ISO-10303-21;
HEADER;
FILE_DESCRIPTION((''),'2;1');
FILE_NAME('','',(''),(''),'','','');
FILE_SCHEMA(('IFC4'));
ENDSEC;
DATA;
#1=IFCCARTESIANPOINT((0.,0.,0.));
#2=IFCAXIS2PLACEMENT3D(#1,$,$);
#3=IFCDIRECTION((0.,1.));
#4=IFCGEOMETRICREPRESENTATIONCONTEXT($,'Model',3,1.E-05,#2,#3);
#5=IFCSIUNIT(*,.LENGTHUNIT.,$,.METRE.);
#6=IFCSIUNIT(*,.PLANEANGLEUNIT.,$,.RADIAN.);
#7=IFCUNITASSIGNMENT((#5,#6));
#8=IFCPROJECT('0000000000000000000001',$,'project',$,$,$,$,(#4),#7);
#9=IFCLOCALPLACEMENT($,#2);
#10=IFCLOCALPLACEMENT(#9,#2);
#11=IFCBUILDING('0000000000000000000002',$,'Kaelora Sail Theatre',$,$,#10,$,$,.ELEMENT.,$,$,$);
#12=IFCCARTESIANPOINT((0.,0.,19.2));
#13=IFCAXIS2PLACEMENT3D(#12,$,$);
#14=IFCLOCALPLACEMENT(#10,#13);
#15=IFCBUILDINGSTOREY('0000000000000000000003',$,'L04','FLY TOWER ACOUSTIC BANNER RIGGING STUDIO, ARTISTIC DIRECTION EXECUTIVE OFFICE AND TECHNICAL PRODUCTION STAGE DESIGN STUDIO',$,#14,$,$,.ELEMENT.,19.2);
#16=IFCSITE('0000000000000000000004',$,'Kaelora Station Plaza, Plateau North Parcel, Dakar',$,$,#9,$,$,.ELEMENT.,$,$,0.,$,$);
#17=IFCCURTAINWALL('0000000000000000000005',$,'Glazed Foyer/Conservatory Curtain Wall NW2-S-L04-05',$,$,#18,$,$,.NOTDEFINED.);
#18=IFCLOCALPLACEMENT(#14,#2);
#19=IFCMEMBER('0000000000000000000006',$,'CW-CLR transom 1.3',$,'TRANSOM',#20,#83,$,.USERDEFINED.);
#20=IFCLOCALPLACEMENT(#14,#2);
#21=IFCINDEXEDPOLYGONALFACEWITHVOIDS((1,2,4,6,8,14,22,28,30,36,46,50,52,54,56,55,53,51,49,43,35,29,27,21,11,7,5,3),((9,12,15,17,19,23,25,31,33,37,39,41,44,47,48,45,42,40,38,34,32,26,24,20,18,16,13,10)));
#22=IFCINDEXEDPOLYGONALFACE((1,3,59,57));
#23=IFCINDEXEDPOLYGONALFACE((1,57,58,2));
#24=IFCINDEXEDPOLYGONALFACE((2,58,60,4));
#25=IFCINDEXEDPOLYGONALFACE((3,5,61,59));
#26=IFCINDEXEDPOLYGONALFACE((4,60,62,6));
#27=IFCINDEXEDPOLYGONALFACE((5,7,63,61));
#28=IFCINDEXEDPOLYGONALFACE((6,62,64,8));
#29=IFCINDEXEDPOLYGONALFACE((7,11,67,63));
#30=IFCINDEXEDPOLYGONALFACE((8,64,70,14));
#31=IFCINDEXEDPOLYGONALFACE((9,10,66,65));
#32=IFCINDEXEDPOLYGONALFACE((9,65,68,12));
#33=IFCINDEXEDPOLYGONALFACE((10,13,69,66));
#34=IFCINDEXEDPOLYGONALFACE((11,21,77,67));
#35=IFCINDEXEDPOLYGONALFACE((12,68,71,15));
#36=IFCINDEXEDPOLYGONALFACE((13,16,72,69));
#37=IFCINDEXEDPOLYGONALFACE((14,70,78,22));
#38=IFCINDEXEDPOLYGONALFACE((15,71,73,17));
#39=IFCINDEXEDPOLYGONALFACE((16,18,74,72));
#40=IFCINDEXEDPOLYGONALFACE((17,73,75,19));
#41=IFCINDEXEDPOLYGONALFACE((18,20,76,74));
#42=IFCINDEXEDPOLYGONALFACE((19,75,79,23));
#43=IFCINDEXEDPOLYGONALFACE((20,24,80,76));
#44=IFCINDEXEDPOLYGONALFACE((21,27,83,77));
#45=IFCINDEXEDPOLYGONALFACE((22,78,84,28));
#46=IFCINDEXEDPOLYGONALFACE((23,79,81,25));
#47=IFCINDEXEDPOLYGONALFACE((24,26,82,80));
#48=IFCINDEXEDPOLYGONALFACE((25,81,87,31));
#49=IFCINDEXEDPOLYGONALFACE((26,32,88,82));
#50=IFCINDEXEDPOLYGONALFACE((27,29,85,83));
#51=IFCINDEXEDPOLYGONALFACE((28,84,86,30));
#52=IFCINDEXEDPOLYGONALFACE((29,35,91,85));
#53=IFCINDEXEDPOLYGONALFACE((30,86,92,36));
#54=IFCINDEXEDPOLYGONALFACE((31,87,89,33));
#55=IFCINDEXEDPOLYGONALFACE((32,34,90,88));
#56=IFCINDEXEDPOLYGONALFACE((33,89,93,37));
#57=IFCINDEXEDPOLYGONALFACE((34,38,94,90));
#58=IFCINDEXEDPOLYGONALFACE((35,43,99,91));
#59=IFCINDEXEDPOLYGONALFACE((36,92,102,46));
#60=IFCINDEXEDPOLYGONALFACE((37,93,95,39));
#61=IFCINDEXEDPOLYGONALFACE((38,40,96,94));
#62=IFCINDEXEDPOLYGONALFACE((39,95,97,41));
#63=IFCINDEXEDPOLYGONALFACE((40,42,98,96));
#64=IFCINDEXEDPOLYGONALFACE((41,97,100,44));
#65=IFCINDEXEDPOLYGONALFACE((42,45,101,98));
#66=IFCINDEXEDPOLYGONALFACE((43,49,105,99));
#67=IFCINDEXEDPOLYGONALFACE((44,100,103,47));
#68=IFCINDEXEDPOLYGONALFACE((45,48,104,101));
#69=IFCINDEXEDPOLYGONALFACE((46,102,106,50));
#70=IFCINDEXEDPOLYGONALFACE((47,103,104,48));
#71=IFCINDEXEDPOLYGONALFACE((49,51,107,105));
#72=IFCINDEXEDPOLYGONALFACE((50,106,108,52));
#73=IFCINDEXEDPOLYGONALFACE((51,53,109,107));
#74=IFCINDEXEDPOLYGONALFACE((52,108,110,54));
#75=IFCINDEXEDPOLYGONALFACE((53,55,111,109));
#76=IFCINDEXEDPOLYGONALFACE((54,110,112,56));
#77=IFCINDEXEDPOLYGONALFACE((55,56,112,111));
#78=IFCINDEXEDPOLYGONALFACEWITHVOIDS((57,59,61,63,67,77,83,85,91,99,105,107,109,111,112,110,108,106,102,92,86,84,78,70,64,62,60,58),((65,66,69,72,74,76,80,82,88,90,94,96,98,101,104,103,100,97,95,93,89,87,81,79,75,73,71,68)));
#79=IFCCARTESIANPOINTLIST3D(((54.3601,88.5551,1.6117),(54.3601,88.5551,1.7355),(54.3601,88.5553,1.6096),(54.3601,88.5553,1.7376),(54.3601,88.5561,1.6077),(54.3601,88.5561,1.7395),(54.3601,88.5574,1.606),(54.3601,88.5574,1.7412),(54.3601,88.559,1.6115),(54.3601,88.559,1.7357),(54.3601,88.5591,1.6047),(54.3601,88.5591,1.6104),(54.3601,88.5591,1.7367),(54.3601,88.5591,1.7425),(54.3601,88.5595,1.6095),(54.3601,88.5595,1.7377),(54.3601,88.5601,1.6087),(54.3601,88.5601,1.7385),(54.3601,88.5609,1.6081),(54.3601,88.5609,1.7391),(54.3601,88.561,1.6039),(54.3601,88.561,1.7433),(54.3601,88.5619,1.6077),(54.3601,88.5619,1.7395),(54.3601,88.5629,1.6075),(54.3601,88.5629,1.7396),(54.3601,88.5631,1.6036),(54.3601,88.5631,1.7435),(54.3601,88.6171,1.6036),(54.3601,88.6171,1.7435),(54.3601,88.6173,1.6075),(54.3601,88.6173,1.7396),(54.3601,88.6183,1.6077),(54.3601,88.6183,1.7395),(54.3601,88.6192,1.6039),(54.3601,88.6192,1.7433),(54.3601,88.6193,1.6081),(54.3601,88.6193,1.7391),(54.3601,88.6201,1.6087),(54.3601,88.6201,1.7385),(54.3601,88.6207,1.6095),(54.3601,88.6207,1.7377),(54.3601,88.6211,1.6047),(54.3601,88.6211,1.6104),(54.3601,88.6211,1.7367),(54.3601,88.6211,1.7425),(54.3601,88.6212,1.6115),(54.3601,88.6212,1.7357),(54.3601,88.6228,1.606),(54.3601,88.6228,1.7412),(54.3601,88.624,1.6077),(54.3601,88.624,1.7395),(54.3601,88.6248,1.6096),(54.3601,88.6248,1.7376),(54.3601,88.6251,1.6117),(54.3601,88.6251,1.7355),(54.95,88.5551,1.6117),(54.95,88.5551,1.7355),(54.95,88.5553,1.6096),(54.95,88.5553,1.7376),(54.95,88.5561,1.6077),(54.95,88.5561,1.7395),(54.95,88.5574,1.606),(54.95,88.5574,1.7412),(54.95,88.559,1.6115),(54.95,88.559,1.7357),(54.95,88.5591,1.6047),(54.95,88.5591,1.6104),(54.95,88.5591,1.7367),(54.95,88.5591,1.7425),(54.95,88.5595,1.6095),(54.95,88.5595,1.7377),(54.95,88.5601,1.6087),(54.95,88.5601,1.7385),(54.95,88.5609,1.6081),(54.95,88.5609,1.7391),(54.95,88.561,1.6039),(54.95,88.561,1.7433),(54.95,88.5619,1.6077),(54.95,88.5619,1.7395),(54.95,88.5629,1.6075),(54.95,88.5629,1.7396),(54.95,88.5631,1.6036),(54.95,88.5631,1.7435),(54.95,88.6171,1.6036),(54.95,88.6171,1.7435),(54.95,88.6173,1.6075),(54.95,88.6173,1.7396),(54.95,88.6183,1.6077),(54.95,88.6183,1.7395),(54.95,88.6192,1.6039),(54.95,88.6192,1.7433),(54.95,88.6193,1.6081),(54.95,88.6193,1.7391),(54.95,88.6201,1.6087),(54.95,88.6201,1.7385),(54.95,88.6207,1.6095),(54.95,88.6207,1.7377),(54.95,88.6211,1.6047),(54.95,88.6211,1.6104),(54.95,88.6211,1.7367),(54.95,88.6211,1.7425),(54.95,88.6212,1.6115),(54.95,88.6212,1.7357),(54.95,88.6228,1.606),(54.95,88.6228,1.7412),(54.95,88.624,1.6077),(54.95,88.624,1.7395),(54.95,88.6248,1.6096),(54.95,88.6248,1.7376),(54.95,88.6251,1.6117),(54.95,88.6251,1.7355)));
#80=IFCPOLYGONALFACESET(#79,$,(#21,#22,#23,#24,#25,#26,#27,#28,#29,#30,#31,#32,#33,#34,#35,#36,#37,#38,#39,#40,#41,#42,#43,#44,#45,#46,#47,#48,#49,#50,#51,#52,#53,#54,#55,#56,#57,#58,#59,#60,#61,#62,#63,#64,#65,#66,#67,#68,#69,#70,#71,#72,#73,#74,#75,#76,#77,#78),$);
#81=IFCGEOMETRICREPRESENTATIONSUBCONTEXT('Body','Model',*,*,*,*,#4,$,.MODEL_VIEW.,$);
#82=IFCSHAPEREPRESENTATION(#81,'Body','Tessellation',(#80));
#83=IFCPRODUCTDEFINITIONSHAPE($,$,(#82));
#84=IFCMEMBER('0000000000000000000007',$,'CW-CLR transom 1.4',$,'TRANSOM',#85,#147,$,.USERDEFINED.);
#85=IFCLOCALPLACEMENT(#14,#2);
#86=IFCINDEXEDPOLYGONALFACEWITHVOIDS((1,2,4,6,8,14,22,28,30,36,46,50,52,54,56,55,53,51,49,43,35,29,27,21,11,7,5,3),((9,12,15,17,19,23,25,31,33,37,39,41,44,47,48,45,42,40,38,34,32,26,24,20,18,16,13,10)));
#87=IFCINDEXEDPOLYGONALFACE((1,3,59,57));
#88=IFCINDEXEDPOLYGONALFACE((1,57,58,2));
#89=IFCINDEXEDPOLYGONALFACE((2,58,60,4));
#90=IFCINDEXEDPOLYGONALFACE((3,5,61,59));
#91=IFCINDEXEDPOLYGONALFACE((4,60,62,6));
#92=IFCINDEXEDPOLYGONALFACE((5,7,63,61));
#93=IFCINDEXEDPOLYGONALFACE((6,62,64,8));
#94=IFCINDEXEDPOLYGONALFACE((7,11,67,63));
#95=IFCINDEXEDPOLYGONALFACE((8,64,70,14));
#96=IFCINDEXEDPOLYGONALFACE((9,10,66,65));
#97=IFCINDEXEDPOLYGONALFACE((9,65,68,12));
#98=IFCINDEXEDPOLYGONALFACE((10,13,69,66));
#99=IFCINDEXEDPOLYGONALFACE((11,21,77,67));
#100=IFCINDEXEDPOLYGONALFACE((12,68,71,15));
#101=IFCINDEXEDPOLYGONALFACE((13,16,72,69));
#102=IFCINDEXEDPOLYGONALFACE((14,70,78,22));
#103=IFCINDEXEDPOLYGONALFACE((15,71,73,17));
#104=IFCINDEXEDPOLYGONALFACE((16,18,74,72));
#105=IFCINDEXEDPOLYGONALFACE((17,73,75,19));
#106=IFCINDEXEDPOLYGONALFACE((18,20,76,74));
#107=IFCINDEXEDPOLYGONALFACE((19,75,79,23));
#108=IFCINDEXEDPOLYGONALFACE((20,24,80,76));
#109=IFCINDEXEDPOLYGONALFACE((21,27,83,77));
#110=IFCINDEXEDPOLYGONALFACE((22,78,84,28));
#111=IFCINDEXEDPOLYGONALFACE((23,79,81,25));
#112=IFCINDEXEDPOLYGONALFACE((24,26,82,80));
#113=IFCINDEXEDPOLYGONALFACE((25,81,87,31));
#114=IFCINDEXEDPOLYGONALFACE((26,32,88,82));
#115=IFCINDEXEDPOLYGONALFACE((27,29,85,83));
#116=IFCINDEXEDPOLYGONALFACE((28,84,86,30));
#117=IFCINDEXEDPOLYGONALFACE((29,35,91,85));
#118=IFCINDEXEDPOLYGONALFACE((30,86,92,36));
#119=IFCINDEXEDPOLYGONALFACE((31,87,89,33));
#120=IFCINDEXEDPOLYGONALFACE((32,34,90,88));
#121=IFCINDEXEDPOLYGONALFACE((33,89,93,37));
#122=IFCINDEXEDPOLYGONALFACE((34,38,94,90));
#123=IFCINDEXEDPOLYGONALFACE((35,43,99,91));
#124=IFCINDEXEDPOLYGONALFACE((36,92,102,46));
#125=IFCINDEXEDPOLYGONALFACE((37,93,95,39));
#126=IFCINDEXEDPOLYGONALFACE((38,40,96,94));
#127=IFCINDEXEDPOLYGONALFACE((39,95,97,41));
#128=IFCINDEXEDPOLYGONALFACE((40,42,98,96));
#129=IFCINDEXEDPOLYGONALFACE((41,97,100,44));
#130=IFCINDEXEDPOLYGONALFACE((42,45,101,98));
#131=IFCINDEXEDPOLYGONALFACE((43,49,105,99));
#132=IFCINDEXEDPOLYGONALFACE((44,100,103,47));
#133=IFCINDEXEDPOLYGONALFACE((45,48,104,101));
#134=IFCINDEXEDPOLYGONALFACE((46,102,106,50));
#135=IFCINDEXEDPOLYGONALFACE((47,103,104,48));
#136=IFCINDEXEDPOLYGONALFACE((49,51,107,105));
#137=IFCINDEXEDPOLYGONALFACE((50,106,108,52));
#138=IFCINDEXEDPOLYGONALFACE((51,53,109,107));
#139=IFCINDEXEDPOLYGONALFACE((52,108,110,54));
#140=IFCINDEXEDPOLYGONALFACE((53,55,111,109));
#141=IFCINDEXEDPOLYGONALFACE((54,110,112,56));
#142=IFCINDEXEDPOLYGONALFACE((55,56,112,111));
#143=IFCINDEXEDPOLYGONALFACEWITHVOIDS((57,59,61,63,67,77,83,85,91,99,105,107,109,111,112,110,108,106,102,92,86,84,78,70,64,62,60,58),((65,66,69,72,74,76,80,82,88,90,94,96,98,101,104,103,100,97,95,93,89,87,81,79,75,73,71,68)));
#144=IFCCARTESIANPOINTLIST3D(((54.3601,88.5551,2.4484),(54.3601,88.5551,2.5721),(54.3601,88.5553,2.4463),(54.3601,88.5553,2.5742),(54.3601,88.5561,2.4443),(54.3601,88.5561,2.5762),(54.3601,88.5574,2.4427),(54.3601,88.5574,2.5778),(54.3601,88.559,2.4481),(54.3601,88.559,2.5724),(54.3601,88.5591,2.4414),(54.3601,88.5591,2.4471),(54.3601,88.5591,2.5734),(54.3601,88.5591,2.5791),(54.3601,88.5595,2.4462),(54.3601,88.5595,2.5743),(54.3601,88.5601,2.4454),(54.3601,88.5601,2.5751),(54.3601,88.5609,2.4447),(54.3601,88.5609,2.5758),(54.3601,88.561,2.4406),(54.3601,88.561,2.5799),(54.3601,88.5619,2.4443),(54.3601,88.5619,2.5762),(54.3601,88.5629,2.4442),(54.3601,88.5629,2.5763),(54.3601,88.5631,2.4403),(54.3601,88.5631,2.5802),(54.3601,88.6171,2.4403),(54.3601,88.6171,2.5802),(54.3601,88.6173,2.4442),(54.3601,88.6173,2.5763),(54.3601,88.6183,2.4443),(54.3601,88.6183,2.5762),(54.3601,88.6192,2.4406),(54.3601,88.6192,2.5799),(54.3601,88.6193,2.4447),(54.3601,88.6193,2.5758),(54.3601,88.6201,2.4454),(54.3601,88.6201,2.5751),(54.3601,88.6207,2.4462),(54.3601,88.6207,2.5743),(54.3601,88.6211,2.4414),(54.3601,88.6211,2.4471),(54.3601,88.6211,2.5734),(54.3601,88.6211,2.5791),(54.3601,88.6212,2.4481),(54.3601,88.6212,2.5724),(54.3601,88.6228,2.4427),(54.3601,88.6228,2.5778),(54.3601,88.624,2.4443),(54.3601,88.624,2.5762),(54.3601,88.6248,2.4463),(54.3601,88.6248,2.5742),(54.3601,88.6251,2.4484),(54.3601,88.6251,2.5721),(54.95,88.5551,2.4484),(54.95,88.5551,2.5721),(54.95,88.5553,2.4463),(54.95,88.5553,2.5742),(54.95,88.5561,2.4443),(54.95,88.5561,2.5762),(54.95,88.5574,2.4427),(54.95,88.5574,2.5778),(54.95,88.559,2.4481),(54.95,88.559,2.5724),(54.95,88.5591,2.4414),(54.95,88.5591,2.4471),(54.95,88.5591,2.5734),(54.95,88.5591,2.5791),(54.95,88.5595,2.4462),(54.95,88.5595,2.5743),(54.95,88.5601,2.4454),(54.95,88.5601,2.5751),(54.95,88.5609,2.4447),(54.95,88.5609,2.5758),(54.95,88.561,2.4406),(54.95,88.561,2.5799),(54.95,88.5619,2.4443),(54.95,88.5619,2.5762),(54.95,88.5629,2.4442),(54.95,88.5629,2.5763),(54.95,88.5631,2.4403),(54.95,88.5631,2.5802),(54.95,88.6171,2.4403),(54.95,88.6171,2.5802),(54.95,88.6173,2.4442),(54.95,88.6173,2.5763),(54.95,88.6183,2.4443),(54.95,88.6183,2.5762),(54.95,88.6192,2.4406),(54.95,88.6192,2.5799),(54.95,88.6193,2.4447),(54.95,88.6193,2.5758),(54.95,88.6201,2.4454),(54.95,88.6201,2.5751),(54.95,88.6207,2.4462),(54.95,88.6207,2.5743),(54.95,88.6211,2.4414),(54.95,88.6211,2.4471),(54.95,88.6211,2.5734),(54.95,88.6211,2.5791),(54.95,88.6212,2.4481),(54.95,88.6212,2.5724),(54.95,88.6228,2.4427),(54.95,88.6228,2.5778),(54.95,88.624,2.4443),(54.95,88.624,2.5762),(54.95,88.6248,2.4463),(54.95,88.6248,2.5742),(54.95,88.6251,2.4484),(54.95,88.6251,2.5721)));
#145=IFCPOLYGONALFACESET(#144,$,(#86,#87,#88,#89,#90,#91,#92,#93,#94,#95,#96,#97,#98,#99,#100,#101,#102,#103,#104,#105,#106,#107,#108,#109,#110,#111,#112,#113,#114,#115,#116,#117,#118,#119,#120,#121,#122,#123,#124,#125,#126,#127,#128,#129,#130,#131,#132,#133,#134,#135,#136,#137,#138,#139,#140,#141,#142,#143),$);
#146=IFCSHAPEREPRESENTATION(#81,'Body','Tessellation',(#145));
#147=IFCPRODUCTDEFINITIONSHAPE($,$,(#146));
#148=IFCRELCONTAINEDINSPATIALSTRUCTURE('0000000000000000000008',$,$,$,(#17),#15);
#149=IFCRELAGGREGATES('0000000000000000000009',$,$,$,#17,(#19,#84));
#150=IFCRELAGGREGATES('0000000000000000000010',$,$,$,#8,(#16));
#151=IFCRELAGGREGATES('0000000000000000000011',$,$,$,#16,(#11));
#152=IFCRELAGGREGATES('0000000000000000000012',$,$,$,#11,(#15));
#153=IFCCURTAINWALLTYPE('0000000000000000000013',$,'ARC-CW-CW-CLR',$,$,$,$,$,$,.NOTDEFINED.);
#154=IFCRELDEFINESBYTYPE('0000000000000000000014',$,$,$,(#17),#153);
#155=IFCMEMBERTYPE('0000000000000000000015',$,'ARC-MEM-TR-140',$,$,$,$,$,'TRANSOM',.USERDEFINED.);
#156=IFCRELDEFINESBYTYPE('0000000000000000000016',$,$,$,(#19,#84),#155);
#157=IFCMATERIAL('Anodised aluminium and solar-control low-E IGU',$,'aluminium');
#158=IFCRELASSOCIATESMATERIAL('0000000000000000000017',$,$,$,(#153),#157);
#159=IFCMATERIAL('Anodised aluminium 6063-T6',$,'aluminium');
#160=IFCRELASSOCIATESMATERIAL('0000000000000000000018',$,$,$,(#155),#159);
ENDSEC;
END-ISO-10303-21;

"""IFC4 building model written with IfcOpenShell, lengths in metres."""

from ifc_helpers import new_model, si_unit, direction, frame, origin, origin_2d, place, context, subcontext, project, spatial, hollow_rectangle, extrude, material, material_profile, profile_set, type_object, element, aggregate, save


model = new_model("IFC4")

# Units and contexts
model_context = context("Model", 3, precision=1e-05, world=origin(), true_north=direction((0.0, 1.0)))
body_context = subcontext(model_context, "Body", "Model", "MODEL_VIEW")
ifc_project = project(units=[si_unit("LENGTHUNIT", "METRE"), si_unit("PLANEANGLEUNIT", "RADIAN")], contexts=[model_context])

# Site, building, storey
site_placement = place(None, origin())
site = spatial("IfcSite", under=ifc_project, at=site_placement, Name="Kaelora Station Plaza, Plateau North Parcel, Dakar", CompositionType="ELEMENT", RefElevation=0.0)
building_placement = place(site_placement, origin())
building = spatial("IfcBuilding", under=site, at=building_placement, Name="Kaelora Sail Theatre", CompositionType="ELEMENT")
storey_placement = place(building_placement, frame((0.0, 0.0, 19.2)))
storey = spatial("IfcBuildingStorey", under=building, at=storey_placement, Name="L04", Description="FLY TOWER ACOUSTIC BANNER RIGGING STUDIO, ARTISTIC DIRECTION EXECUTIVE OFFICE AND TECHNICAL PRODUCTION STAGE DESIGN STUDIO", CompositionType="ELEMENT", Elevation=19.2)

# Curtain wall, members
ifc_material_1 = material(Name="Anodised aluminium and solar-control low-E IGU", Category="aluminium")
curtain_wall_type = type_object("IfcCurtainWallType", Name="ARC-CW-CW-CLR", PredefinedType="NOTDEFINED", material=ifc_material_1)
ifc_material_2 = material(Name="Anodised aluminium 6063-T6", Category="aluminium")
ifc_material_profile = material_profile(ifc_material_2, hollow_rectangle(XDim=0.0701, YDim=0.1399, WallThickness=0.0039, InnerFilletRadius=0.0039, OuterFilletRadius=0.0081, at=origin_2d()), Name="ALU-TRAN 70x140x4")
ifc_profile_set = profile_set([ifc_material_profile], Name="Anodised aluminium 6063-T6")
member_type = type_object("IfcMemberType", Name="ARC-MEM-TR-140", ElementType="TRANSOM", PredefinedType="USERDEFINED", material=ifc_profile_set)
curtain_wall_1_placement = place(storey_placement, origin())
curtain_wall_1 = element("IfcCurtainWall", 1, at=curtain_wall_1_placement, inside=storey, type_object=curtain_wall_type, Name="Glazed Foyer/Conservatory Curtain Wall NW2-S-L04-05", PredefinedType="NOTDEFINED")
member_1_placement = place(storey_placement, frame((54.3601, 88.5901, 1.6736), z_axis=(1.0, 0.0, 0.0), x_axis=(0.0, 1.0, 0.0)))
member_1 = element("IfcMember", 2, at=member_1_placement, type_object=member_type, Name="CW-CLR transom 1.3", ObjectType="TRANSOM", PredefinedType="USERDEFINED", context=body_context, shape_type="SweptSolid", body=[
    extrude(hollow_rectangle(XDim=0.0701, YDim=0.1399, WallThickness=0.0039, InnerFilletRadius=0.0039, OuterFilletRadius=0.0081, at=origin_2d()), origin(), (0.0, 0.0, 1.0), 0.5898),
])
member_2_placement = place(storey_placement, frame((54.3601, 88.5901, 2.5103), z_axis=(1.0, 0.0, 0.0), x_axis=(0.0, 1.0, 0.0)))
member_2 = element("IfcMember", 3, at=member_2_placement, type_object=member_type, Name="CW-CLR transom 1.4", ObjectType="TRANSOM", PredefinedType="USERDEFINED", context=body_context, shape_type="SweptSolid", body=[
    extrude(hollow_rectangle(XDim=0.0701, YDim=0.1399, WallThickness=0.0039, InnerFilletRadius=0.0039, OuterFilletRadius=0.0081, at=origin_2d()), origin(), (0.0, 0.0, 1.0), 0.5898),
])

aggregate(curtain_wall_1, [member_1, member_2])

save(model, "model.ifc")
